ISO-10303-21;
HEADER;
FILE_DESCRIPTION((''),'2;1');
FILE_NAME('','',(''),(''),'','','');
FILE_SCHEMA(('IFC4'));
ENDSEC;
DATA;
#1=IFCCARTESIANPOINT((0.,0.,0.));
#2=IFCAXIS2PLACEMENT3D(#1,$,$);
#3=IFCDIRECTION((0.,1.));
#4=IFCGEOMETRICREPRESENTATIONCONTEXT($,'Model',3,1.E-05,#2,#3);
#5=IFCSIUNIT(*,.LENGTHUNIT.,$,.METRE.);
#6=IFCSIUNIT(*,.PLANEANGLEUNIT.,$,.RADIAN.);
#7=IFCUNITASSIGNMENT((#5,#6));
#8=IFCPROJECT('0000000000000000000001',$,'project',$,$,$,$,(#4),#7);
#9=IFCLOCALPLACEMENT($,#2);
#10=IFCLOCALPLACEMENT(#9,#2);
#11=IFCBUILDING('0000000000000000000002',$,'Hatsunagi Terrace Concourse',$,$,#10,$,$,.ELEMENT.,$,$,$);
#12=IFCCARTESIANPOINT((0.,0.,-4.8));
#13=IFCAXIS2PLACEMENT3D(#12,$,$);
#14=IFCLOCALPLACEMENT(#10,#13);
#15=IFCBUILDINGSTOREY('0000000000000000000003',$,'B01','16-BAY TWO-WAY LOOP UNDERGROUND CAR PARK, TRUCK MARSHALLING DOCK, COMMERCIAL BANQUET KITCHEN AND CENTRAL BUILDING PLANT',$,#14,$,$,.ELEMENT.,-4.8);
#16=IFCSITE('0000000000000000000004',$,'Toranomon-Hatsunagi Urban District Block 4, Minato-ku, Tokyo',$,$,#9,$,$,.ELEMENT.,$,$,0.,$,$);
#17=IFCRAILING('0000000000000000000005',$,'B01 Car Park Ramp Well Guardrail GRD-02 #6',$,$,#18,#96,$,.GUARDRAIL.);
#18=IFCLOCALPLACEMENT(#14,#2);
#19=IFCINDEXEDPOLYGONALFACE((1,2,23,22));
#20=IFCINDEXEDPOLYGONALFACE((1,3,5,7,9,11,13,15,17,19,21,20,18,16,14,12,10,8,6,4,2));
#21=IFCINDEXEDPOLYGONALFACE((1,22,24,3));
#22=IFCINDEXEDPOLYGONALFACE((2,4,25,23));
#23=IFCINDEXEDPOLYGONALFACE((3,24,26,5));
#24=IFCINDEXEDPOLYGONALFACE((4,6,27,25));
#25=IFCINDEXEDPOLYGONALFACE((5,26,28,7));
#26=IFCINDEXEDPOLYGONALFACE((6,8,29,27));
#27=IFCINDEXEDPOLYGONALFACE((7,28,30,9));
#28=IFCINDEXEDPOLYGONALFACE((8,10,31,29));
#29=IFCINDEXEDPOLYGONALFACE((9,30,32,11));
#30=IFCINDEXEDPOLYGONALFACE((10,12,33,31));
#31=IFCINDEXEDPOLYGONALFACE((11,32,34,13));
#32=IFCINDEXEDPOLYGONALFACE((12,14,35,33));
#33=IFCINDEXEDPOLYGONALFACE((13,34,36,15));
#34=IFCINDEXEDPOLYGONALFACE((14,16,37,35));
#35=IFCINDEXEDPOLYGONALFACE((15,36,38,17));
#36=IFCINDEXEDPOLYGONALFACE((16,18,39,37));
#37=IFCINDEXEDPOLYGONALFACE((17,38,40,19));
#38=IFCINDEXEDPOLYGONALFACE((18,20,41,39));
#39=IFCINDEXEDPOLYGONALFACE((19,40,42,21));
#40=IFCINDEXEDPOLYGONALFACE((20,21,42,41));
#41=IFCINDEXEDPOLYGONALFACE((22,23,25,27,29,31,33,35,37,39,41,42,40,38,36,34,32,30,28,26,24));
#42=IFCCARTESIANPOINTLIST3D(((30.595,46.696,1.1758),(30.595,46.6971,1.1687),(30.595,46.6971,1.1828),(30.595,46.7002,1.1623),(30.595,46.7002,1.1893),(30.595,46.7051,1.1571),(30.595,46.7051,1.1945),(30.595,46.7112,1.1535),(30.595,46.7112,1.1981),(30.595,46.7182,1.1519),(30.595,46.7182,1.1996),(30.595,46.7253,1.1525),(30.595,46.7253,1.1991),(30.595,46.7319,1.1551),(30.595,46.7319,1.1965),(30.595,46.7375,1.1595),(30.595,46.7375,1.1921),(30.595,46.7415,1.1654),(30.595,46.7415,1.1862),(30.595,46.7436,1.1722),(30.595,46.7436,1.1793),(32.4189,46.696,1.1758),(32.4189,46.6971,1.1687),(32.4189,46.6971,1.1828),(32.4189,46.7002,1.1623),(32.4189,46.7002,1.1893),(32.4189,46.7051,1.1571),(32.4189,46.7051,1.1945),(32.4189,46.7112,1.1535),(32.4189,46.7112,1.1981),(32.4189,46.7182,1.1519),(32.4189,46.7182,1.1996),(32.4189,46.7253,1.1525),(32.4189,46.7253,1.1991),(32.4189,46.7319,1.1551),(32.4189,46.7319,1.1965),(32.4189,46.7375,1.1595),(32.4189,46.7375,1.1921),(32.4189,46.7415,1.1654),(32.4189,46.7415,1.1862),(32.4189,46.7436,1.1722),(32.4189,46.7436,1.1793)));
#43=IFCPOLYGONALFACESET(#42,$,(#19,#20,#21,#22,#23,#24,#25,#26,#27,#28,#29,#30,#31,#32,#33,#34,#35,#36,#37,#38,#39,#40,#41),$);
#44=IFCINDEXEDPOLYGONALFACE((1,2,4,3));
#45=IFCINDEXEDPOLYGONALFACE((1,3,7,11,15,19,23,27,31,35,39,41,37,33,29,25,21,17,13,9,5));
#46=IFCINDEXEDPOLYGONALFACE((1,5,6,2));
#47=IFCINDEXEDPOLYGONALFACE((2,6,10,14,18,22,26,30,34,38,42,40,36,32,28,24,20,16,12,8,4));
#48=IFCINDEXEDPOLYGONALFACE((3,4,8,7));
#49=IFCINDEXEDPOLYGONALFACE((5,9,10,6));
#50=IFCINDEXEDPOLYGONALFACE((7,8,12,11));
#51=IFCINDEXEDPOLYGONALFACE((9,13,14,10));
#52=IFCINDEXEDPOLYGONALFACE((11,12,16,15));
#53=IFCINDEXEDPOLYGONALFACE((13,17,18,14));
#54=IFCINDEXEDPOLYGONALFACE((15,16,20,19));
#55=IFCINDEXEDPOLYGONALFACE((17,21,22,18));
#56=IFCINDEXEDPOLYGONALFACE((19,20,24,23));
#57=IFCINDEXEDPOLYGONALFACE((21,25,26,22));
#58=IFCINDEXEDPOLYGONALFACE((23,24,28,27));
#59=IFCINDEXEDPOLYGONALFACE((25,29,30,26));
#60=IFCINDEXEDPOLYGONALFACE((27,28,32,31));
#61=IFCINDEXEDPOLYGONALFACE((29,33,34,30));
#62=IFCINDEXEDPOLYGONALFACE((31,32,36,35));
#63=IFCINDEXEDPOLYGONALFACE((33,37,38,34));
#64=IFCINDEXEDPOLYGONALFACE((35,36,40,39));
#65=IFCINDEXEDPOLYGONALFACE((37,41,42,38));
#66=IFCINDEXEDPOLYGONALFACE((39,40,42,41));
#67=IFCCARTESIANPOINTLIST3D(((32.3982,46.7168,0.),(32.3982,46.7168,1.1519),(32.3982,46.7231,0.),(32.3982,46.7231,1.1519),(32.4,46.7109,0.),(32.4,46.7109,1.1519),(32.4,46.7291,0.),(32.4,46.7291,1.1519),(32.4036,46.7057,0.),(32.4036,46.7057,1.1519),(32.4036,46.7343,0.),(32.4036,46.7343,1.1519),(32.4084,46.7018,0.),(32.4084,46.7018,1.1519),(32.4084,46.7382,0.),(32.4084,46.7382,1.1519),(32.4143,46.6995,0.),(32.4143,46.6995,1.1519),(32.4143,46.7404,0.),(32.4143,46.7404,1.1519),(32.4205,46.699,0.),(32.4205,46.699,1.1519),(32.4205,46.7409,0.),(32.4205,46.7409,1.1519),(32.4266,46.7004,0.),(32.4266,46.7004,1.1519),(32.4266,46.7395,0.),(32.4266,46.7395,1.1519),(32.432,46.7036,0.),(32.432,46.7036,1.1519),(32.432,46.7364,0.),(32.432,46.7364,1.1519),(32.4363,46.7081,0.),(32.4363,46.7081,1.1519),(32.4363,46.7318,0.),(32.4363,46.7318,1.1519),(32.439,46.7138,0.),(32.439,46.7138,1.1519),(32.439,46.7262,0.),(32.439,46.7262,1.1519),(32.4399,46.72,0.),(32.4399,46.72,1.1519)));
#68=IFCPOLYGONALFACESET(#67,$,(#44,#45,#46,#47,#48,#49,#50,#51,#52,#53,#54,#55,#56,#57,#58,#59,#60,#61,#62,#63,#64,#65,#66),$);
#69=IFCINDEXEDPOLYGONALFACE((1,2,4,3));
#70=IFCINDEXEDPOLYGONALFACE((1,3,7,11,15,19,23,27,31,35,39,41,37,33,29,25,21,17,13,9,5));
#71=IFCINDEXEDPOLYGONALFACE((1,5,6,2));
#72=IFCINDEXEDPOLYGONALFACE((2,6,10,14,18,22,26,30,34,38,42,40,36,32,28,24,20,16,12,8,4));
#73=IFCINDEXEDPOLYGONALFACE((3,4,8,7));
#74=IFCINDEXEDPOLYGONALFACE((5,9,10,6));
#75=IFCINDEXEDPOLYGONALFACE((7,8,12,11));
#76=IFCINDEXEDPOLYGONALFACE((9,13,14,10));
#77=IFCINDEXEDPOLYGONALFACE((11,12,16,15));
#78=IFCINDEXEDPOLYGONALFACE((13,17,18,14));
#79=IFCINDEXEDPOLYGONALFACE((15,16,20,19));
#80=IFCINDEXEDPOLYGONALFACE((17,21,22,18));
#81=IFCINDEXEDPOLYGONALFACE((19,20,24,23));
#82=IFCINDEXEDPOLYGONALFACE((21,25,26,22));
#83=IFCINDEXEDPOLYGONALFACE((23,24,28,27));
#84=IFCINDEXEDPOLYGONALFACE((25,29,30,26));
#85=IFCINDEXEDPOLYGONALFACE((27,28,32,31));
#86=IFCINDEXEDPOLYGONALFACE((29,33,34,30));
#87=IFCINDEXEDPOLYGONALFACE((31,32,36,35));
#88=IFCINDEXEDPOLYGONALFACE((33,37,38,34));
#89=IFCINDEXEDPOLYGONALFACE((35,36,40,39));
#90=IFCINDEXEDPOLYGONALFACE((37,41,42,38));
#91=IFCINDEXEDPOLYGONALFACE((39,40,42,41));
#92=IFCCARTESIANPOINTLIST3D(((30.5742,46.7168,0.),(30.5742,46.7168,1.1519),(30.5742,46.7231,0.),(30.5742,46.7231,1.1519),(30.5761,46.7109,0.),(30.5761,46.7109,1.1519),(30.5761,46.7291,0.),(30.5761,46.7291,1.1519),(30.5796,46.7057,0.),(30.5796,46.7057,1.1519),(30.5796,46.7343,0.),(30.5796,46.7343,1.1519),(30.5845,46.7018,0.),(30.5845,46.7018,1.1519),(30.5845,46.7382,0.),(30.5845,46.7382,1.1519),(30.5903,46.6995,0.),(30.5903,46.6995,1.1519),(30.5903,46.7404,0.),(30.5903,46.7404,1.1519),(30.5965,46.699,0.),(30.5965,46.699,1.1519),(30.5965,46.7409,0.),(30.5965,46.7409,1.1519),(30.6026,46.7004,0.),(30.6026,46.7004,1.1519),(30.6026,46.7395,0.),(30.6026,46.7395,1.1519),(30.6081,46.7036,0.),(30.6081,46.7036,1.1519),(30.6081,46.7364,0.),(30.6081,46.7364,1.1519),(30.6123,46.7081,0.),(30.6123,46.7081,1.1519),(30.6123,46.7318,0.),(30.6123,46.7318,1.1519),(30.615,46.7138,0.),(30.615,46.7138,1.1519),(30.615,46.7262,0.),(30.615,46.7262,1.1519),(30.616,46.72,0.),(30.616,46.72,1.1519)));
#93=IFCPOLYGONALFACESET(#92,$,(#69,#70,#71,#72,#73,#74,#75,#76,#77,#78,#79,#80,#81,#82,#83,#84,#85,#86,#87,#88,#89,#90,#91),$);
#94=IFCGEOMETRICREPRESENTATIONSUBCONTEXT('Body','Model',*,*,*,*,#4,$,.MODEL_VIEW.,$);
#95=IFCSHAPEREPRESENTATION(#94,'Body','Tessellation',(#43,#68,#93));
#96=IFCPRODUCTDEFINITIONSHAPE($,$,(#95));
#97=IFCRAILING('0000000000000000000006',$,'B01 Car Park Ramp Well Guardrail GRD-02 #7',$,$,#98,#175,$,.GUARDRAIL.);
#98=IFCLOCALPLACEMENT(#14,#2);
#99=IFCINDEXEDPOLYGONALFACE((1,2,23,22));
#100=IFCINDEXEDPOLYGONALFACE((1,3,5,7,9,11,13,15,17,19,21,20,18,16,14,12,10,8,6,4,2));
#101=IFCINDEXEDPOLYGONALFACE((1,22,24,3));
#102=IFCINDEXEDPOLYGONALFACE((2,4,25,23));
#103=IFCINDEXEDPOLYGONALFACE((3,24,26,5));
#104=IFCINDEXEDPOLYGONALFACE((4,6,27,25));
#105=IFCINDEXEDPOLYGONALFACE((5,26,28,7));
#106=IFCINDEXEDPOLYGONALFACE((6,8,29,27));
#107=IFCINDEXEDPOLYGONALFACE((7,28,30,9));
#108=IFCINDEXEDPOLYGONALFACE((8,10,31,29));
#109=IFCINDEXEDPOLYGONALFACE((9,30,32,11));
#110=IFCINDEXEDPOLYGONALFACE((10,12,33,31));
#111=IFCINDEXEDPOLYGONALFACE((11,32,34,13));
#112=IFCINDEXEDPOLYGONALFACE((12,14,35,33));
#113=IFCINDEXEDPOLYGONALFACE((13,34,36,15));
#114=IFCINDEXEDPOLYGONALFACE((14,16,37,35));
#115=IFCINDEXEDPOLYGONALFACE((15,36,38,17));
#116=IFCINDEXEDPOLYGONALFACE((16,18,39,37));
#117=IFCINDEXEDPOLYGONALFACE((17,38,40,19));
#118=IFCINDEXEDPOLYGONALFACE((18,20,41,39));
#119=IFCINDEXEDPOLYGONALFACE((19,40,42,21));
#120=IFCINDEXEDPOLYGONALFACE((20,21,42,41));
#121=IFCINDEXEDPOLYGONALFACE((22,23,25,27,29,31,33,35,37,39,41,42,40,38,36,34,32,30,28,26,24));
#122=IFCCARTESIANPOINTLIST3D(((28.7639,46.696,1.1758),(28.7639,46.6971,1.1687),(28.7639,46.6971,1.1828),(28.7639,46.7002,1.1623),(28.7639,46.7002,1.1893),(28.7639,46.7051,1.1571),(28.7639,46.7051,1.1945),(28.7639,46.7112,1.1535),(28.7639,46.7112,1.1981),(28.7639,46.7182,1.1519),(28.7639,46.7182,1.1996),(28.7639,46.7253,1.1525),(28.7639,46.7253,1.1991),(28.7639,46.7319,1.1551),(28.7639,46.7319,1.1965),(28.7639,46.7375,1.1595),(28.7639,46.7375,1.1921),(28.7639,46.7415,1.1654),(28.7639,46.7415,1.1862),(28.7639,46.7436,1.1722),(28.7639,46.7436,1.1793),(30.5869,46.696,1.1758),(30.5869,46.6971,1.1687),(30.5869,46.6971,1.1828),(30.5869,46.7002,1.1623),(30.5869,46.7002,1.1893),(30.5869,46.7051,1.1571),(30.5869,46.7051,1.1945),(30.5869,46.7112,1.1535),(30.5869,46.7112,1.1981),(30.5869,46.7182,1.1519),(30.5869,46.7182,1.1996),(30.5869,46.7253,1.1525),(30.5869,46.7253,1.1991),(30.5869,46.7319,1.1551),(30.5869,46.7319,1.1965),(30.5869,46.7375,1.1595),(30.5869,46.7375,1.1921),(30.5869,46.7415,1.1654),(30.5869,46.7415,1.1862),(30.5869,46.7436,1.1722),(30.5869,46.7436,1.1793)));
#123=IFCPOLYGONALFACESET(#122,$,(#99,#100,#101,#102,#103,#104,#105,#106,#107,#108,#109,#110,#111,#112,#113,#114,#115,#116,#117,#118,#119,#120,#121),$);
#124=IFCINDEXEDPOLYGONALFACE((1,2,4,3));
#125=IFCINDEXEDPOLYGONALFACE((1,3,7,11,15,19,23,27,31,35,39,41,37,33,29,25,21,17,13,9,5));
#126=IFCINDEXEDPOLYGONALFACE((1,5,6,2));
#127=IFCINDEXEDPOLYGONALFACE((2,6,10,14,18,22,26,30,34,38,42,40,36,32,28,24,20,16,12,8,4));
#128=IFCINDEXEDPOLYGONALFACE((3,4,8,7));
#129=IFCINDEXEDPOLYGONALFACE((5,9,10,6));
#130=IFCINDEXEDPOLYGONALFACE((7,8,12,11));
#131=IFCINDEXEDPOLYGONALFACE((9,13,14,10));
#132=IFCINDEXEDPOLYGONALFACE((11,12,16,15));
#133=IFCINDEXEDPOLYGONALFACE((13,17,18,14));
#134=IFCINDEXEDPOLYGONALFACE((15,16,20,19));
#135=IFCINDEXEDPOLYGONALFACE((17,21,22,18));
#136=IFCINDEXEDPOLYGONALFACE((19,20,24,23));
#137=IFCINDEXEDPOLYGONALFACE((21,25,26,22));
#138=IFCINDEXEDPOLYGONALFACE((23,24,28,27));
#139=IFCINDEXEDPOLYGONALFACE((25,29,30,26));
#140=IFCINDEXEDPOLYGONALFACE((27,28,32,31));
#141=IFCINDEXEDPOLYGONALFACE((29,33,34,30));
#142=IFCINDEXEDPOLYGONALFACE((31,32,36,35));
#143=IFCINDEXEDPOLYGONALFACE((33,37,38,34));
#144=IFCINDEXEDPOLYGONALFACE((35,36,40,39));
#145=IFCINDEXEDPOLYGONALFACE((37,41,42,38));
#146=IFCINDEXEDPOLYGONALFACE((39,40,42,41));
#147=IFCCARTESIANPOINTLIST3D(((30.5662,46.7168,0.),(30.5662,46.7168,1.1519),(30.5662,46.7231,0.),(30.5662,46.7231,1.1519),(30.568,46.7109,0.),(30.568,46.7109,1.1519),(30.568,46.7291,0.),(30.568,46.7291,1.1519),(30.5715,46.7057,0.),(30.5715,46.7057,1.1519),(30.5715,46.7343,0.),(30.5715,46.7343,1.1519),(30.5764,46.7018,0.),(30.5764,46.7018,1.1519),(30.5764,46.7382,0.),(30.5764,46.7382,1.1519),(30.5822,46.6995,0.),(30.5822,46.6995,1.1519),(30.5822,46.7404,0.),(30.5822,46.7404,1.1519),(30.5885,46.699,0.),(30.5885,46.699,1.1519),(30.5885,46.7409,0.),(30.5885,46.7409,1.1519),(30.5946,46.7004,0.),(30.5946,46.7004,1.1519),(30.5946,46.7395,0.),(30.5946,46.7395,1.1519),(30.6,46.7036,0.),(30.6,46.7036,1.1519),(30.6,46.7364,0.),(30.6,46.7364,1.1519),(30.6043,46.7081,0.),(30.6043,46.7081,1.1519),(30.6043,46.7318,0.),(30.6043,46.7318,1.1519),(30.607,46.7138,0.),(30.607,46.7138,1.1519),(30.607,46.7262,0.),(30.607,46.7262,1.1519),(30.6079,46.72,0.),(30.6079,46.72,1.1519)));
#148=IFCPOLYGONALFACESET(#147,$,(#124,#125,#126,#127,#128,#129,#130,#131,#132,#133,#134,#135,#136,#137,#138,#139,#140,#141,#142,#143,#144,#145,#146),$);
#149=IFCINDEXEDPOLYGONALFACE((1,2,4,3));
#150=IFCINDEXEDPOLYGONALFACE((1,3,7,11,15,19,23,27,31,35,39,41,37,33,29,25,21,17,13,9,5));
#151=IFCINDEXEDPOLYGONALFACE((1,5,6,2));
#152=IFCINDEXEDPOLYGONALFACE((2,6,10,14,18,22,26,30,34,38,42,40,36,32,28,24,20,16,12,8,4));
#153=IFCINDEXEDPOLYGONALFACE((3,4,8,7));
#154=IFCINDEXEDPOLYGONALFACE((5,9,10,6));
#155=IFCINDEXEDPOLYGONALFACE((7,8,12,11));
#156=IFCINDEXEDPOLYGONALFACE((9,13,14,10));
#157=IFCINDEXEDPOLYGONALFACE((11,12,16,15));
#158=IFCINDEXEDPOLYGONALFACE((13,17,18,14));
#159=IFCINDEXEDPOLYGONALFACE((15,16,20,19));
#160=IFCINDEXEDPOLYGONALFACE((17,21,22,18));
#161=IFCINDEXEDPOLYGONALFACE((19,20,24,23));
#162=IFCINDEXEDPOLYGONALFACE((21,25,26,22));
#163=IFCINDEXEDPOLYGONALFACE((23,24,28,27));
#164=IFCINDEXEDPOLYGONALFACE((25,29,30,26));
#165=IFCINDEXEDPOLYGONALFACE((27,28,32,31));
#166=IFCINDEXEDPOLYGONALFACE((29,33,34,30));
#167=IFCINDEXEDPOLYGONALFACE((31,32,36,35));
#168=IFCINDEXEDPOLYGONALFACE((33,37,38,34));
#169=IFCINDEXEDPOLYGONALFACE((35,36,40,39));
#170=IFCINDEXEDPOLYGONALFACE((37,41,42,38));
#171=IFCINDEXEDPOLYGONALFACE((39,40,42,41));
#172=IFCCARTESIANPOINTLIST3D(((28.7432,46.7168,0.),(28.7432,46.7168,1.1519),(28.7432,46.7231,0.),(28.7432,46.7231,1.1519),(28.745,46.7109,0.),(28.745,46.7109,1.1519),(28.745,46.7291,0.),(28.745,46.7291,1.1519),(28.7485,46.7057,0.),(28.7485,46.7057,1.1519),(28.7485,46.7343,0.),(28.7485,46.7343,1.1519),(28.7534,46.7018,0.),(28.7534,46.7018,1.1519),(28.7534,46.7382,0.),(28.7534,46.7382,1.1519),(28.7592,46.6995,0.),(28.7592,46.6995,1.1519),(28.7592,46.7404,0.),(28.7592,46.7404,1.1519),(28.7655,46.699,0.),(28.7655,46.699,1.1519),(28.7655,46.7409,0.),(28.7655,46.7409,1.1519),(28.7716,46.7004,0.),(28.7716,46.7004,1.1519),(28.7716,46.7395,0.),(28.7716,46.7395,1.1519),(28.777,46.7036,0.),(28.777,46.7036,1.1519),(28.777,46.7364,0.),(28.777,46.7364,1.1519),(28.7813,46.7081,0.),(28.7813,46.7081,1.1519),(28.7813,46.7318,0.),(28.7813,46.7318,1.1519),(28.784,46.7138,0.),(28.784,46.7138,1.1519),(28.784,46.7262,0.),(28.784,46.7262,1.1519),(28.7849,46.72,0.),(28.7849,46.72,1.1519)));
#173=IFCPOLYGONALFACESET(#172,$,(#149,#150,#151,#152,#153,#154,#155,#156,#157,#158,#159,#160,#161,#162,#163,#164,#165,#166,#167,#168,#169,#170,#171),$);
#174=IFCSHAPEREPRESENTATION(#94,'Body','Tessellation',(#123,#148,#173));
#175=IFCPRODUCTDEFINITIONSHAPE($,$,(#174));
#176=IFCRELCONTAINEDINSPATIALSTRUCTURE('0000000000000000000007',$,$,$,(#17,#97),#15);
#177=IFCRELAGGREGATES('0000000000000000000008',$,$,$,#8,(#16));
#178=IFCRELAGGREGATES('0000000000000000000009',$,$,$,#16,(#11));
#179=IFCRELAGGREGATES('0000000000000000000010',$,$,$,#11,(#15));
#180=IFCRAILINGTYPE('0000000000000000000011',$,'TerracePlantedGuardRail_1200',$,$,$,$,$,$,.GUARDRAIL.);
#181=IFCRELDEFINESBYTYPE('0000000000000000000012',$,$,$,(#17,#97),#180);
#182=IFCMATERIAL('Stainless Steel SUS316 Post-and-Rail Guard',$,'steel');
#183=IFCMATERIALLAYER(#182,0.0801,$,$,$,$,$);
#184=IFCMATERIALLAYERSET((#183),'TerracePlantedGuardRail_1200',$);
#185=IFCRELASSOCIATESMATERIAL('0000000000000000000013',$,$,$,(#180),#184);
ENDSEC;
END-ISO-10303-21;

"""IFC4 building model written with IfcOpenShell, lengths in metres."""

from ifc_helpers import new_model, si_unit, direction, frame, origin, origin_2d, place, context, subcontext, project, spatial, circle, extrude, material, layer, layer_set, type_object, element, save


model = new_model("IFC4")

# Units and contexts
model_context = context("Model", 3, precision=1e-05, world=origin(), true_north=direction((0.0, 1.0)))
body_context = subcontext(model_context, "Body", "Model", "MODEL_VIEW")
ifc_project = project(units=[si_unit("LENGTHUNIT", "METRE"), si_unit("PLANEANGLEUNIT", "RADIAN")], contexts=[model_context])

# Site, building, storey
site_placement = place(None, origin())
site = spatial("IfcSite", under=ifc_project, at=site_placement, Name="Toranomon-Hatsunagi Urban District Block 4, Minato-ku, Tokyo", CompositionType="ELEMENT", RefElevation=0.0)
building_placement = place(site_placement, origin())
building = spatial("IfcBuilding", under=site, at=building_placement, Name="Hatsunagi Terrace Concourse", CompositionType="ELEMENT")
storey_placement = place(building_placement, frame((0.0, 0.0, -4.8)))
storey = spatial("IfcBuildingStorey", under=building, at=storey_placement, Name="B01", Description="16-BAY TWO-WAY LOOP UNDERGROUND CAR PARK, TRUCK MARSHALLING DOCK, COMMERCIAL BANQUET KITCHEN AND CENTRAL BUILDING PLANT", CompositionType="ELEMENT", Elevation=-4.8)

# Railings
ifc_material_1 = material(Name="Stainless Steel SUS316 Post-and-Rail Guard", Category="steel")
ifc_layer = layer(ifc_material_1, 0.0801)
ifc_layer_set = layer_set([ifc_layer], Name="TerracePlantedGuardRail_1200")
railing_type = type_object("IfcRailingType", Name="TerracePlantedGuardRail_1200", PredefinedType="GUARDRAIL", material=ifc_layer_set)
railing_1_placement = place(storey_placement, frame((32.4189, 46.72, 0.0)))
element("IfcRailing", 1, at=railing_1_placement, inside=storey, type_object=railing_type, Name="B01 Car Park Ramp Well Guardrail GRD-02 #6", PredefinedType="GUARDRAIL", context=body_context, shape_type="SweptSolid", body=[
    extrude(circle(Radius=0.0239, at=origin_2d()), frame((0.0, 0.0, 1.1758), z_axis=(-1.0, 0.0, 0.0), x_axis=(0.0, -1.0, 0.0)), (0.0, 0.0, 1.0), 1.824),
    extrude(circle(Radius=0.021, at=origin_2d()), origin(), (0.0, 0.0, 1.0), 1.1519),
    extrude(circle(Radius=0.021, at=origin_2d()), frame((-1.824, 0.0, 0.0)), (0.0, 0.0, 1.0), 1.1519),
])
for number, where, name in (
    (2, (30.5869, 46.72, 0.0), "B01 Car Park Ramp Well Guardrail GRD-02 #7"),
):
    element("IfcRailing", number, at=place(storey_placement, frame(where)), inside=storey, type_object=railing_type, Name=name, PredefinedType="GUARDRAIL", context=body_context, shape_type="SweptSolid", body=[
        extrude(circle(Radius=0.0239, at=origin_2d()), frame((0.0, 0.0, 1.1758), z_axis=(-1.0, 0.0, 0.0), x_axis=(0.0, -1.0, 0.0)), (0.0, 0.0, 1.0), 1.823),
        extrude(circle(Radius=0.021, at=origin_2d()), origin(), (0.0, 0.0, 1.0), 1.1519),
        extrude(circle(Radius=0.021, at=origin_2d()), frame((-1.823, 0.0, 0.0)), (0.0, 0.0, 1.0), 1.1519),
    ])

save(model, "model.ifc")
